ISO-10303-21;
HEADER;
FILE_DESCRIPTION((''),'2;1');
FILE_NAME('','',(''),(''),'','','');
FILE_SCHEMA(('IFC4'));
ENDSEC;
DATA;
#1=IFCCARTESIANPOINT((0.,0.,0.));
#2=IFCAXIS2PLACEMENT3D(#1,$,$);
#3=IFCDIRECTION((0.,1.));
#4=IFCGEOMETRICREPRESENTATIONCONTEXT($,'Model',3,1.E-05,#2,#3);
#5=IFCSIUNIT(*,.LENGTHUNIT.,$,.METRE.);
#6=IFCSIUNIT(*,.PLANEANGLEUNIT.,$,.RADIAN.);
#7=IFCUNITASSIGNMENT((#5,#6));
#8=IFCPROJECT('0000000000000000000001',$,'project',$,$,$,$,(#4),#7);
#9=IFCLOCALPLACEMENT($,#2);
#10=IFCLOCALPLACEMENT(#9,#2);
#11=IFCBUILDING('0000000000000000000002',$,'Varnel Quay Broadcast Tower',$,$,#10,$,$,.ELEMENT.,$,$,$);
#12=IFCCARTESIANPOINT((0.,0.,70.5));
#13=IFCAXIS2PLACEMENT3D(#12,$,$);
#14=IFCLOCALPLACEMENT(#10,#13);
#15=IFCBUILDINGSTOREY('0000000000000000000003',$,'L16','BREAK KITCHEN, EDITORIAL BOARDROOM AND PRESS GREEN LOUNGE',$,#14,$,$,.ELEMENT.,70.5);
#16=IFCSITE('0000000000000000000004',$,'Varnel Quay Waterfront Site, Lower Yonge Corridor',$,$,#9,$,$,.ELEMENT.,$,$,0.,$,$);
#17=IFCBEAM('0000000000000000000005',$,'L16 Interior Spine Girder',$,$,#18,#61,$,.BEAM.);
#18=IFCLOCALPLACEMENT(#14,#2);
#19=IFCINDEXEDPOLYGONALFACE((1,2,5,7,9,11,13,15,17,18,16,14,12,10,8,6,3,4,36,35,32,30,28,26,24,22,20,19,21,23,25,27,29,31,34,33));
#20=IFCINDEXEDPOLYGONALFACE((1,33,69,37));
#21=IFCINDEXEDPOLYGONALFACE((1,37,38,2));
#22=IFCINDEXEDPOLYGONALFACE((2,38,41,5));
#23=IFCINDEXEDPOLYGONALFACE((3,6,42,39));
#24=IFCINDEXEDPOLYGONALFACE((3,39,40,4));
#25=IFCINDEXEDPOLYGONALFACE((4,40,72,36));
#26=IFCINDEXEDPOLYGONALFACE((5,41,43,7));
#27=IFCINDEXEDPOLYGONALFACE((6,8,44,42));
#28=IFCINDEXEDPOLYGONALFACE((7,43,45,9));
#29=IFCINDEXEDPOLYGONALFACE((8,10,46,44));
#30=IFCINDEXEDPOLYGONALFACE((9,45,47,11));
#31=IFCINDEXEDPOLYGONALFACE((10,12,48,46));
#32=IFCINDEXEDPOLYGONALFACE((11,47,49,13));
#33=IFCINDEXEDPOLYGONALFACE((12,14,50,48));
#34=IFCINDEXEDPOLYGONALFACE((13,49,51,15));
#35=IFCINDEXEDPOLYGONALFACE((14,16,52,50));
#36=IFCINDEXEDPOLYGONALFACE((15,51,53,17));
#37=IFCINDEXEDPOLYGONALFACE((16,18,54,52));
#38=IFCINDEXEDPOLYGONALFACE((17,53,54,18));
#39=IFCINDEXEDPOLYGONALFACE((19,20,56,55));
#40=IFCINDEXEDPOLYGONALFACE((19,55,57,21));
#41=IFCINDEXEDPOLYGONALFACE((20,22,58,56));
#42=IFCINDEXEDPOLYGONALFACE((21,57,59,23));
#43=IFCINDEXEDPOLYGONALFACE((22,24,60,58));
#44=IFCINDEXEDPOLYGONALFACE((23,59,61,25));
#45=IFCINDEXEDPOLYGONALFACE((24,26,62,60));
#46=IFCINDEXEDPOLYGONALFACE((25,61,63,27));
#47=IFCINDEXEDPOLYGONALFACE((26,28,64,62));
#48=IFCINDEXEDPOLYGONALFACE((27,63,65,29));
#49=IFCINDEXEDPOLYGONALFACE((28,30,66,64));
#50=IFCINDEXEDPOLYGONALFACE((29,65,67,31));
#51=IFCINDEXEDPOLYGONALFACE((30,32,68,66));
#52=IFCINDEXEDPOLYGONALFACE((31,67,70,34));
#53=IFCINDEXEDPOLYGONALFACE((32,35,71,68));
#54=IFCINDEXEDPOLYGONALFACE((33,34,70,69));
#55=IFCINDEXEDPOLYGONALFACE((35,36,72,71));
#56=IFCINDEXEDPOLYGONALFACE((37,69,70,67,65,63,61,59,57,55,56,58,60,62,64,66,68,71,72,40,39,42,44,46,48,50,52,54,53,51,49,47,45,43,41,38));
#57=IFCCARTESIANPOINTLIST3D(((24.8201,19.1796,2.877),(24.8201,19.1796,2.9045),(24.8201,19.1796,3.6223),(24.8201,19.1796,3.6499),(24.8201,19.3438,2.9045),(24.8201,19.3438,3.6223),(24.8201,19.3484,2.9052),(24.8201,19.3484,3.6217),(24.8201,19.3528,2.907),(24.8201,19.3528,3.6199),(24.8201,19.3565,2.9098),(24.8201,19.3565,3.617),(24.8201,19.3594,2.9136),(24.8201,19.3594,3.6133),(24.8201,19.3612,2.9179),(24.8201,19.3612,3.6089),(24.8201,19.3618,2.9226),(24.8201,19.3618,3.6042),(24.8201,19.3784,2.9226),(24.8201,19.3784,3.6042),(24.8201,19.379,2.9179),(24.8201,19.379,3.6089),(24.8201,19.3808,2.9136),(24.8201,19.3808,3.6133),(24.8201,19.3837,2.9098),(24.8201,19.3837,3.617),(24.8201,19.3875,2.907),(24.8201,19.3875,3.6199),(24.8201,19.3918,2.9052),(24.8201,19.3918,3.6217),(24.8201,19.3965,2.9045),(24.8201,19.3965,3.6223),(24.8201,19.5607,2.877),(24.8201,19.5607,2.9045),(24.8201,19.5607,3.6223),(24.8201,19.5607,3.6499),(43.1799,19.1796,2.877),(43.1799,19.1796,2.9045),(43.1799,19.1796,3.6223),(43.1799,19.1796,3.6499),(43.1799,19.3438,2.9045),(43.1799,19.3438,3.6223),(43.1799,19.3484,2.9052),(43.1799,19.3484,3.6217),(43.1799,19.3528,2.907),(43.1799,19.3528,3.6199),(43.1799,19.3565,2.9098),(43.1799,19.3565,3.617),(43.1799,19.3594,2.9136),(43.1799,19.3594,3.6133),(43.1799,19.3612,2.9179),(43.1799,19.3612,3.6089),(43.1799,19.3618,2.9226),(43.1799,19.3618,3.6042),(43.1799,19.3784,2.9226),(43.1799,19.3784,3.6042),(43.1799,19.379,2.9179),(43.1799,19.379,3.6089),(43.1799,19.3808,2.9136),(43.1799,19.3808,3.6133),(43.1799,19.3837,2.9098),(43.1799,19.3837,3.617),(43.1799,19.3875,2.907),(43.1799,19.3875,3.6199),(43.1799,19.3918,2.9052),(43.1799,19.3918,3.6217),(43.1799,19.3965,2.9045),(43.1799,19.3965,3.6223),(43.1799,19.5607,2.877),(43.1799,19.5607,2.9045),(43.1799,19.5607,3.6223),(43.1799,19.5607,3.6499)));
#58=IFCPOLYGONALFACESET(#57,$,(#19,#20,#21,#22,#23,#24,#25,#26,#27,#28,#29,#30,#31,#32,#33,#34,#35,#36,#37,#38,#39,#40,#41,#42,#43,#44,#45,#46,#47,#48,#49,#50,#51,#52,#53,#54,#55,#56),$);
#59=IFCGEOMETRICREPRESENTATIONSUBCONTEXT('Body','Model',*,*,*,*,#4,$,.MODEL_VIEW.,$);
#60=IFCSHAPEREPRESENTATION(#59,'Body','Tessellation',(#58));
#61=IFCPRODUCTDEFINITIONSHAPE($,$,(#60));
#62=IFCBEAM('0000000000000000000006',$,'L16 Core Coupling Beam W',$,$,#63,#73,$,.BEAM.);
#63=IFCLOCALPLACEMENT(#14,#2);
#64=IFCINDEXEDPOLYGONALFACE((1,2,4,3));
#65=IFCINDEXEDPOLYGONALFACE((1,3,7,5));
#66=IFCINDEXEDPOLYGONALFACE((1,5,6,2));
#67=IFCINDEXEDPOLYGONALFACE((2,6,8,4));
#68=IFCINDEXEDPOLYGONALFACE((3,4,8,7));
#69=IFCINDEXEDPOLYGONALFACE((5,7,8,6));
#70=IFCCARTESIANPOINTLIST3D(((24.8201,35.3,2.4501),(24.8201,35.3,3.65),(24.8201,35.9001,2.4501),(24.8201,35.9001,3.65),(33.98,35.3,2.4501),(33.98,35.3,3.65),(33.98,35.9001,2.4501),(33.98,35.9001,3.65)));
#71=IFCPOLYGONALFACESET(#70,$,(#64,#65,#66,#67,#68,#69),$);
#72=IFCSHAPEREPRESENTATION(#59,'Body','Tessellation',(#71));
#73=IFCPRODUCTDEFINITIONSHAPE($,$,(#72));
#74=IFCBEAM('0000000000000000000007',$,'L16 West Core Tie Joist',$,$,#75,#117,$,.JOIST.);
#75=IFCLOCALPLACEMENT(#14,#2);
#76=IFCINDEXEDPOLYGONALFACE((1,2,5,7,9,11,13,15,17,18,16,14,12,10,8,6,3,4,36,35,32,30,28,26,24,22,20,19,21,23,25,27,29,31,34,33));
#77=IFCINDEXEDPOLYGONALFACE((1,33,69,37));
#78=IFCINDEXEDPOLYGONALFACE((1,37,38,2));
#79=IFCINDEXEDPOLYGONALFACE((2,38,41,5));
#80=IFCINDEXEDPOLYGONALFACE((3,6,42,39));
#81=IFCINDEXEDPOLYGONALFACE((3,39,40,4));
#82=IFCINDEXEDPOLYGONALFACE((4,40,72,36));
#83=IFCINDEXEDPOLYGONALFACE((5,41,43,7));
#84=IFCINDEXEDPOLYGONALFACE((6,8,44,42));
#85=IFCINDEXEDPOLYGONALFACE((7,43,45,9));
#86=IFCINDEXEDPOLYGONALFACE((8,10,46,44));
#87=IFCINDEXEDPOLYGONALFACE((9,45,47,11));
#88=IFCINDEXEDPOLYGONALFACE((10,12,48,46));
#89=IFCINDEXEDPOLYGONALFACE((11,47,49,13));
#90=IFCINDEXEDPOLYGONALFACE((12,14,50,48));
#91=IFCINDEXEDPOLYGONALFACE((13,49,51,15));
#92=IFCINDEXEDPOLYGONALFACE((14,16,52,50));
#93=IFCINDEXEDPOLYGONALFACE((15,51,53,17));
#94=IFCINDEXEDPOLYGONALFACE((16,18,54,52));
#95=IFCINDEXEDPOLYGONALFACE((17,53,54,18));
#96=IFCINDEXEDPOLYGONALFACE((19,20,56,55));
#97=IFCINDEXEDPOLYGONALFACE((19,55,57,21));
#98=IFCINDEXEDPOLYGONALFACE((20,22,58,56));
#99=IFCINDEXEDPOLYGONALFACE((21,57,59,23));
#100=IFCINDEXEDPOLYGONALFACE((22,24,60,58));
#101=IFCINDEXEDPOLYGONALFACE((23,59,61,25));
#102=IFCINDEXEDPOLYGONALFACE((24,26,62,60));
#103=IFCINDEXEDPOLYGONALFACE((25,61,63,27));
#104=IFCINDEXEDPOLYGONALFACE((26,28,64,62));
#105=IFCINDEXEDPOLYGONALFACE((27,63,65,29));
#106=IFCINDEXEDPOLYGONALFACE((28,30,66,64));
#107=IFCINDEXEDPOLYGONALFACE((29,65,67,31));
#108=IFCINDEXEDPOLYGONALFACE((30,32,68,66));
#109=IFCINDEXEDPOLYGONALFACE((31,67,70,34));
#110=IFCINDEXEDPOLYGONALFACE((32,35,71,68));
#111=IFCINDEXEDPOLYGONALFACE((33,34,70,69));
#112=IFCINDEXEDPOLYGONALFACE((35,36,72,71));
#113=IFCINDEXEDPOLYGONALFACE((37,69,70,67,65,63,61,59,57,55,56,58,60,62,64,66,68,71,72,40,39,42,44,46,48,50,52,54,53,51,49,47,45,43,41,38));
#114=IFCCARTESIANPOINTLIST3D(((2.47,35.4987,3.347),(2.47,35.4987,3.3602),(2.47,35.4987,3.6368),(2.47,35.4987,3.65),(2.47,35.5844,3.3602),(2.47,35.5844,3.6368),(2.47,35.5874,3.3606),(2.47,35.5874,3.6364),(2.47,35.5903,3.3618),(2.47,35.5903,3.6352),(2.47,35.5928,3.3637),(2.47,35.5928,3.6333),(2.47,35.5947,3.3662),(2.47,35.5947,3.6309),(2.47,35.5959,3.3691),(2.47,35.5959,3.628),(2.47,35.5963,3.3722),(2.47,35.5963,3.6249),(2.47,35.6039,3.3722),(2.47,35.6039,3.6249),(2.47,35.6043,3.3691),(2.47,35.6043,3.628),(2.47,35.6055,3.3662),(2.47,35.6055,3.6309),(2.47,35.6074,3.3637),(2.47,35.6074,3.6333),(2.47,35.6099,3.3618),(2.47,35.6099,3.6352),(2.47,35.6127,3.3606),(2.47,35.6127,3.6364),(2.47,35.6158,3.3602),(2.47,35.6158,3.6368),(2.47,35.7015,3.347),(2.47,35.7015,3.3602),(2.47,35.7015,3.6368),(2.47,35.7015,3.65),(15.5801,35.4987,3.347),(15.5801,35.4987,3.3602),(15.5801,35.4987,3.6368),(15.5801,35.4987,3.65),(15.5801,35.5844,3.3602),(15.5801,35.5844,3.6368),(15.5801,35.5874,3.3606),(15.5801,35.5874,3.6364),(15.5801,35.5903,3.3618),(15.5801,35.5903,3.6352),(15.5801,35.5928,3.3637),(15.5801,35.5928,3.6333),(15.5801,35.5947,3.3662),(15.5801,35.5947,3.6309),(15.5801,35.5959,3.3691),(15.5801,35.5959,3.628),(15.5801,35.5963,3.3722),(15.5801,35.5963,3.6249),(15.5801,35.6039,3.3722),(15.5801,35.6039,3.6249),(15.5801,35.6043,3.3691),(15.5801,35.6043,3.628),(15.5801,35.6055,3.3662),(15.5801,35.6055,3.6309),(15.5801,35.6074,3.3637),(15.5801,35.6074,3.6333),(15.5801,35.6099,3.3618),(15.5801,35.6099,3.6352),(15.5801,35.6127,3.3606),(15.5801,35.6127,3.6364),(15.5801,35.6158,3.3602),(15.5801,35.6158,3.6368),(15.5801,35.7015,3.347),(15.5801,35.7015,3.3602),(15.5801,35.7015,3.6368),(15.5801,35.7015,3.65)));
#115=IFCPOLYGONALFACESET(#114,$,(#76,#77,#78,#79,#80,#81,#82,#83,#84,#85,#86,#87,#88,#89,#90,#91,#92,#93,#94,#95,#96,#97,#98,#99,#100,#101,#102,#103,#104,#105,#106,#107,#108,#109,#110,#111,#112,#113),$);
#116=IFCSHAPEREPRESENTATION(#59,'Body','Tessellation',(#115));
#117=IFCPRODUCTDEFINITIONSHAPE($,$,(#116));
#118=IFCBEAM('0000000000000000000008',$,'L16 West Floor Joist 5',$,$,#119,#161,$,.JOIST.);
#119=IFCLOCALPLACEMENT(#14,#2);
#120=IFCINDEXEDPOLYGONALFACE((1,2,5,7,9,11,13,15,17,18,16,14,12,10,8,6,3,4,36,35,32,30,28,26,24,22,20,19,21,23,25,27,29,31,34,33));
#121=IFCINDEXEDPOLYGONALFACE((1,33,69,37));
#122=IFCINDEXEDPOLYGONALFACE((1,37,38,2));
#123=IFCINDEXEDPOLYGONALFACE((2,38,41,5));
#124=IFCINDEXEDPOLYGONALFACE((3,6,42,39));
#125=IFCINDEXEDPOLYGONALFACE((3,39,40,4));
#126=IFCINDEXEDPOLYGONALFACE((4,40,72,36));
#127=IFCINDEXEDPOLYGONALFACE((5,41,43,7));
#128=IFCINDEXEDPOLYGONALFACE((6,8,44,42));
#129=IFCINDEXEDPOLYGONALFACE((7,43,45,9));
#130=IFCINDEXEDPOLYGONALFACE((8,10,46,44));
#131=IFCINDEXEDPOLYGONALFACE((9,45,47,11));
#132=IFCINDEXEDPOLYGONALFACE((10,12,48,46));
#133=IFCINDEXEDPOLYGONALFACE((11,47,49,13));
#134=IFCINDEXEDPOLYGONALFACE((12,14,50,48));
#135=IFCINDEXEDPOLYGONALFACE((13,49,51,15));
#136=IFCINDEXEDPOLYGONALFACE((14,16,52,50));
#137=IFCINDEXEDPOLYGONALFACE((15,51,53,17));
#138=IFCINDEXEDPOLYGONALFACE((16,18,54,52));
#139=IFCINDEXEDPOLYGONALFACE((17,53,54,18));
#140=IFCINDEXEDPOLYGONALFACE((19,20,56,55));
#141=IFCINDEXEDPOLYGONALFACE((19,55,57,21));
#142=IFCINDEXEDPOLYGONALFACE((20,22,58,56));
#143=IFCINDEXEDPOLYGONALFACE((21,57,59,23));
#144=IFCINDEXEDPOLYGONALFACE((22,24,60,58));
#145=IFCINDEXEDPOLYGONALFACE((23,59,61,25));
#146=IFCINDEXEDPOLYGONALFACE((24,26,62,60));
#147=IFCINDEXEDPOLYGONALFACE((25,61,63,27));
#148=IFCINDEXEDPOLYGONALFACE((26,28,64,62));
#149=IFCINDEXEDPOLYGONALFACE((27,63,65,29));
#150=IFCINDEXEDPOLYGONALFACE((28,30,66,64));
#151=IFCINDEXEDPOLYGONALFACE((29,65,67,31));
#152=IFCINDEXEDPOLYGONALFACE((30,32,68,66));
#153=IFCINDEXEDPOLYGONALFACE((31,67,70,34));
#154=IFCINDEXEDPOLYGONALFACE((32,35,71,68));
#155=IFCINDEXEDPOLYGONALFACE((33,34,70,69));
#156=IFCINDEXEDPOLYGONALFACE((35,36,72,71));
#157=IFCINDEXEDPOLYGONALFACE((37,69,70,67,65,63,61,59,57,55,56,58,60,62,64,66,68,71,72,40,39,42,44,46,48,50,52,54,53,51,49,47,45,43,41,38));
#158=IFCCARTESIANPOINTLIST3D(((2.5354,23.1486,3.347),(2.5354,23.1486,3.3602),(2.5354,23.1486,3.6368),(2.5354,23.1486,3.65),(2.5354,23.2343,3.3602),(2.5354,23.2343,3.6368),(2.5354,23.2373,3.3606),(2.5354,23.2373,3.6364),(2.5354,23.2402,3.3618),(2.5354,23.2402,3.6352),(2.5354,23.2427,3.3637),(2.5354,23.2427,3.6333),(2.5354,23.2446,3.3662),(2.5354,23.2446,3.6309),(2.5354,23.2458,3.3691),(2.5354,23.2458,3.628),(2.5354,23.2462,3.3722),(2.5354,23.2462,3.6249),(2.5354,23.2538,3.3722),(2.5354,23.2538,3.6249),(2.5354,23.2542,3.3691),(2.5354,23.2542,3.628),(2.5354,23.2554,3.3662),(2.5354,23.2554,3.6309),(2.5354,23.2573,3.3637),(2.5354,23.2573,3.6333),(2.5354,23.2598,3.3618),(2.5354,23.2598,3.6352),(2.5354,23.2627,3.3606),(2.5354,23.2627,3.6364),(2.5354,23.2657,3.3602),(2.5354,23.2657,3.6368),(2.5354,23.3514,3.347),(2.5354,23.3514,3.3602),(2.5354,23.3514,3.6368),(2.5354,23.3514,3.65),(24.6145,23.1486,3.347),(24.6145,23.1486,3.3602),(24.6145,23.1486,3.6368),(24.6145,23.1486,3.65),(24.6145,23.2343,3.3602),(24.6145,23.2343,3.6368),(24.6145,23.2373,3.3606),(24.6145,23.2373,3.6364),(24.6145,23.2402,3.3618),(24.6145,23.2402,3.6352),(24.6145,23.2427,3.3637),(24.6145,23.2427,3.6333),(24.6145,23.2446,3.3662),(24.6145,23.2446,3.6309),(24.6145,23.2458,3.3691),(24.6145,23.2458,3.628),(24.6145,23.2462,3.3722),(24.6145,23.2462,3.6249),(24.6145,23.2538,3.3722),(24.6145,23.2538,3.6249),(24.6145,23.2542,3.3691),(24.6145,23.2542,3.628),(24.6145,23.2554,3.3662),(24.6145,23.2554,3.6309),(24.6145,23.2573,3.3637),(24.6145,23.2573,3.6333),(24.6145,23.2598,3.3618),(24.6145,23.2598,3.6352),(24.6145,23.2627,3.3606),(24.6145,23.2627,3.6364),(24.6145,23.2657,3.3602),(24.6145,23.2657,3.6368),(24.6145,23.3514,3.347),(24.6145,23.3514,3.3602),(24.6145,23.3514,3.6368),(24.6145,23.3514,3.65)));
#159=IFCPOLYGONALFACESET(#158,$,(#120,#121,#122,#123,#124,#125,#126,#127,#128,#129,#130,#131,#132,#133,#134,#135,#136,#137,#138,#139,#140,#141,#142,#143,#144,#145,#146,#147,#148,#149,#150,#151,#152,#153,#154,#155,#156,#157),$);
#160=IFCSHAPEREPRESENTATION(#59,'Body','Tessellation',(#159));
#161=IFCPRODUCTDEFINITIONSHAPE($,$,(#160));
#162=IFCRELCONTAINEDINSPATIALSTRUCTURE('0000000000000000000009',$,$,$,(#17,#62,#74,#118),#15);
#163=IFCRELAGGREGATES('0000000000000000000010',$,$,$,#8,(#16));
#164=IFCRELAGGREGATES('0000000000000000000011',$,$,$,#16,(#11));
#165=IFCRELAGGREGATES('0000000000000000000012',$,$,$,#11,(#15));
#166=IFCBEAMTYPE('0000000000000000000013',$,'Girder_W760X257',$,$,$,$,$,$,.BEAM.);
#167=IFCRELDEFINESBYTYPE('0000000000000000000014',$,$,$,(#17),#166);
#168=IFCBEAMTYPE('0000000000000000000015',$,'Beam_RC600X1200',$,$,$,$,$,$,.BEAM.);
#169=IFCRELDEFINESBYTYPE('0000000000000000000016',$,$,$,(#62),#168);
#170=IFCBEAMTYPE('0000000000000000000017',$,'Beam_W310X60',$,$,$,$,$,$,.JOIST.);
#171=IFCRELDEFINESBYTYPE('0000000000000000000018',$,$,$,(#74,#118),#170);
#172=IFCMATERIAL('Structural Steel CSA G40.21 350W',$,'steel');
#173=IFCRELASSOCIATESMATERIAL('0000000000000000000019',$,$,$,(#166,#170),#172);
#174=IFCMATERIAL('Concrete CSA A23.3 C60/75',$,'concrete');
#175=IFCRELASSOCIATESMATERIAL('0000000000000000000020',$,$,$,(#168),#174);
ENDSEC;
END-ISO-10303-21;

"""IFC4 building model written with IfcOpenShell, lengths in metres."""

from ifc_helpers import new_model, si_unit, direction, frame, origin, origin_2d, place, context, subcontext, project, spatial, rectangle, i_section, extrude, source, transform, mapped, material, material_profile, profile_set, type_object, type_shapes, element, save


model = new_model("IFC4")

# Units and contexts
model_context = context("Model", 3, precision=1e-05, world=origin(), true_north=direction((0.0, 1.0)))
body_context = subcontext(model_context, "Body", "Model", "MODEL_VIEW")
ifc_project = project(units=[si_unit("LENGTHUNIT", "METRE"), si_unit("PLANEANGLEUNIT", "RADIAN")], contexts=[model_context])

# Site, building, storey
site_placement = place(None, origin())
site = spatial("IfcSite", under=ifc_project, at=site_placement, Name="Varnel Quay Waterfront Site, Lower Yonge Corridor", CompositionType="ELEMENT", RefElevation=0.0)
building_placement = place(site_placement, origin())
building = spatial("IfcBuilding", under=site, at=building_placement, Name="Varnel Quay Broadcast Tower", CompositionType="ELEMENT")
storey_placement = place(building_placement, frame((0.0, 0.0, 70.5)))
storey = spatial("IfcBuildingStorey", under=building, at=storey_placement, Name="L16", Description="BREAK KITCHEN, EDITORIAL BOARDROOM AND PRESS GREEN LOUNGE", CompositionType="ELEMENT", Elevation=70.5)

# Shared definitions
ifc_material_1 = material(Name="Structural Steel CSA G40.21 350W", Category="steel")
ifc_material_2 = material(Name="Concrete CSA A23.3 C60/75", Category="concrete")

# Beams
ifc_material_profile_1 = material_profile(ifc_material_1, i_section(OverallWidth=0.3811, OverallDepth=0.7729, WebThickness=0.0166, FlangeThickness=0.0276, FilletRadius=0.0181, at=origin_2d()), Name="W760X257")
ifc_profile_set_1 = profile_set([ifc_material_profile_1], Name="Structural Steel CSA G40.21 350W")
beam_type_1 = type_object("IfcBeamType", Name="Girder_W760X257", PredefinedType="BEAM", material=ifc_profile_set_1)
shared_shape_1 = source(origin(), body_context, "Body", "SweptSolid", [
    extrude(i_section(OverallWidth=0.3811, OverallDepth=0.7729, WebThickness=0.0166, FlangeThickness=0.0276, FilletRadius=0.0181, at=origin_2d()), origin(), (0.0, 0.0, 1.0), 18.3599),
])
beam_1_placement = place(storey_placement, frame((24.8201, 19.3701, 3.2634), z_axis=(1.0, 0.0, 0.0), x_axis=(0.0, 1.0, 0.0)))
element("IfcBeam", 1, at=beam_1_placement, inside=storey, type_object=beam_type_1, Name="L16 Interior Spine Girder", PredefinedType="BEAM", context=body_context, shape_type="MappedRepresentation", body=[
    mapped(shared_shape_1, transform((0.0, 0.0, 0.0), x_axis=(1.0, 0.0, 0.0), y_axis=(0.0, 1.0, 0.0), z_axis=(0.0, 0.0, 1.0), scale=1.0)),
])
ifc_material_profile_2 = material_profile(ifc_material_2, rectangle(XDim=0.6001, YDim=1.2, at=origin_2d()), Name="RC600X1200")
ifc_profile_set_2 = profile_set([ifc_material_profile_2], Name="Concrete CSA A23.3 C60/75")
beam_type_2 = type_object("IfcBeamType", Name="Beam_RC600X1200", PredefinedType="BEAM", material=ifc_profile_set_2)
shared_shape_2 = source(origin(), body_context, "Body", "SweptSolid", [
    extrude(rectangle(XDim=0.6001, YDim=1.2, at=origin_2d()), origin(), (0.0, 0.0, 1.0), 9.1599),
])
type_shapes(beam_type_2, [shared_shape_2])
beam_2_placement = place(storey_placement, frame((24.8201, 35.6001, 3.05), z_axis=(1.0, 0.0, 0.0), x_axis=(0.0, 1.0, 0.0)))
element("IfcBeam", 2, at=beam_2_placement, inside=storey, type_object=beam_type_2, Name="L16 Core Coupling Beam W", PredefinedType="BEAM", context=body_context, shape_type="MappedRepresentation", body=[
    mapped(shared_shape_2, transform((0.0, 0.0, 0.0), x_axis=(1.0, 0.0, 0.0), y_axis=(0.0, 1.0, 0.0), z_axis=(0.0, 0.0, 1.0), scale=1.0)),
])
ifc_material_profile_3 = material_profile(ifc_material_1, i_section(OverallWidth=0.2029, OverallDepth=0.303, WebThickness=0.0076, FlangeThickness=0.0132, FilletRadius=0.012, at=origin_2d()), Name="W310X60")
ifc_profile_set_3 = profile_set([ifc_material_profile_3], Name="Structural Steel CSA G40.21 350W")
beam_type_3 = type_object("IfcBeamType", Name="Beam_W310X60", PredefinedType="JOIST", material=ifc_profile_set_3)
shared_shape_3 = source(origin(), body_context, "Body", "SweptSolid", [
    extrude(i_section(OverallWidth=0.2029, OverallDepth=0.303, WebThickness=0.0076, FlangeThickness=0.0132, FilletRadius=0.012, at=origin_2d()), origin(), (0.0, 0.0, 1.0), 13.1101),
])
beam_3_placement = place(storey_placement, frame((2.47, 35.6001, 3.4985), z_axis=(1.0, 0.0, 0.0), x_axis=(0.0, 1.0, 0.0)))
element("IfcBeam", 3, at=beam_3_placement, inside=storey, type_object=beam_type_3, Name="L16 West Core Tie Joist", PredefinedType="JOIST", context=body_context, shape_type="MappedRepresentation", body=[
    mapped(shared_shape_3, transform((0.0, 0.0, 0.0), x_axis=(1.0, 0.0, 0.0), y_axis=(0.0, 1.0, 0.0), z_axis=(0.0, 0.0, 1.0), scale=1.0)),
])
shared_shape_4 = source(origin(), body_context, "Body", "SweptSolid", [
    extrude(i_section(OverallWidth=0.2029, OverallDepth=0.303, WebThickness=0.0076, FlangeThickness=0.0132, FilletRadius=0.012, at=origin_2d()), origin(), (0.0, 0.0, 1.0), 22.0791),
])
beam_4_placement = place(storey_placement, frame((2.5354, 23.25, 3.4985), z_axis=(1.0, 0.0, 0.0), x_axis=(0.0, 1.0, 0.0)))
element("IfcBeam", 4, at=beam_4_placement, inside=storey, type_object=beam_type_3, Name="L16 West Floor Joist 5", PredefinedType="JOIST", context=body_context, shape_type="MappedRepresentation", body=[
    mapped(shared_shape_4, transform((0.0, 0.0, 0.0), x_axis=(1.0, 0.0, 0.0), y_axis=(0.0, 1.0, 0.0), z_axis=(0.0, 0.0, 1.0), scale=1.0)),
])

save(model, "model.ifc")
